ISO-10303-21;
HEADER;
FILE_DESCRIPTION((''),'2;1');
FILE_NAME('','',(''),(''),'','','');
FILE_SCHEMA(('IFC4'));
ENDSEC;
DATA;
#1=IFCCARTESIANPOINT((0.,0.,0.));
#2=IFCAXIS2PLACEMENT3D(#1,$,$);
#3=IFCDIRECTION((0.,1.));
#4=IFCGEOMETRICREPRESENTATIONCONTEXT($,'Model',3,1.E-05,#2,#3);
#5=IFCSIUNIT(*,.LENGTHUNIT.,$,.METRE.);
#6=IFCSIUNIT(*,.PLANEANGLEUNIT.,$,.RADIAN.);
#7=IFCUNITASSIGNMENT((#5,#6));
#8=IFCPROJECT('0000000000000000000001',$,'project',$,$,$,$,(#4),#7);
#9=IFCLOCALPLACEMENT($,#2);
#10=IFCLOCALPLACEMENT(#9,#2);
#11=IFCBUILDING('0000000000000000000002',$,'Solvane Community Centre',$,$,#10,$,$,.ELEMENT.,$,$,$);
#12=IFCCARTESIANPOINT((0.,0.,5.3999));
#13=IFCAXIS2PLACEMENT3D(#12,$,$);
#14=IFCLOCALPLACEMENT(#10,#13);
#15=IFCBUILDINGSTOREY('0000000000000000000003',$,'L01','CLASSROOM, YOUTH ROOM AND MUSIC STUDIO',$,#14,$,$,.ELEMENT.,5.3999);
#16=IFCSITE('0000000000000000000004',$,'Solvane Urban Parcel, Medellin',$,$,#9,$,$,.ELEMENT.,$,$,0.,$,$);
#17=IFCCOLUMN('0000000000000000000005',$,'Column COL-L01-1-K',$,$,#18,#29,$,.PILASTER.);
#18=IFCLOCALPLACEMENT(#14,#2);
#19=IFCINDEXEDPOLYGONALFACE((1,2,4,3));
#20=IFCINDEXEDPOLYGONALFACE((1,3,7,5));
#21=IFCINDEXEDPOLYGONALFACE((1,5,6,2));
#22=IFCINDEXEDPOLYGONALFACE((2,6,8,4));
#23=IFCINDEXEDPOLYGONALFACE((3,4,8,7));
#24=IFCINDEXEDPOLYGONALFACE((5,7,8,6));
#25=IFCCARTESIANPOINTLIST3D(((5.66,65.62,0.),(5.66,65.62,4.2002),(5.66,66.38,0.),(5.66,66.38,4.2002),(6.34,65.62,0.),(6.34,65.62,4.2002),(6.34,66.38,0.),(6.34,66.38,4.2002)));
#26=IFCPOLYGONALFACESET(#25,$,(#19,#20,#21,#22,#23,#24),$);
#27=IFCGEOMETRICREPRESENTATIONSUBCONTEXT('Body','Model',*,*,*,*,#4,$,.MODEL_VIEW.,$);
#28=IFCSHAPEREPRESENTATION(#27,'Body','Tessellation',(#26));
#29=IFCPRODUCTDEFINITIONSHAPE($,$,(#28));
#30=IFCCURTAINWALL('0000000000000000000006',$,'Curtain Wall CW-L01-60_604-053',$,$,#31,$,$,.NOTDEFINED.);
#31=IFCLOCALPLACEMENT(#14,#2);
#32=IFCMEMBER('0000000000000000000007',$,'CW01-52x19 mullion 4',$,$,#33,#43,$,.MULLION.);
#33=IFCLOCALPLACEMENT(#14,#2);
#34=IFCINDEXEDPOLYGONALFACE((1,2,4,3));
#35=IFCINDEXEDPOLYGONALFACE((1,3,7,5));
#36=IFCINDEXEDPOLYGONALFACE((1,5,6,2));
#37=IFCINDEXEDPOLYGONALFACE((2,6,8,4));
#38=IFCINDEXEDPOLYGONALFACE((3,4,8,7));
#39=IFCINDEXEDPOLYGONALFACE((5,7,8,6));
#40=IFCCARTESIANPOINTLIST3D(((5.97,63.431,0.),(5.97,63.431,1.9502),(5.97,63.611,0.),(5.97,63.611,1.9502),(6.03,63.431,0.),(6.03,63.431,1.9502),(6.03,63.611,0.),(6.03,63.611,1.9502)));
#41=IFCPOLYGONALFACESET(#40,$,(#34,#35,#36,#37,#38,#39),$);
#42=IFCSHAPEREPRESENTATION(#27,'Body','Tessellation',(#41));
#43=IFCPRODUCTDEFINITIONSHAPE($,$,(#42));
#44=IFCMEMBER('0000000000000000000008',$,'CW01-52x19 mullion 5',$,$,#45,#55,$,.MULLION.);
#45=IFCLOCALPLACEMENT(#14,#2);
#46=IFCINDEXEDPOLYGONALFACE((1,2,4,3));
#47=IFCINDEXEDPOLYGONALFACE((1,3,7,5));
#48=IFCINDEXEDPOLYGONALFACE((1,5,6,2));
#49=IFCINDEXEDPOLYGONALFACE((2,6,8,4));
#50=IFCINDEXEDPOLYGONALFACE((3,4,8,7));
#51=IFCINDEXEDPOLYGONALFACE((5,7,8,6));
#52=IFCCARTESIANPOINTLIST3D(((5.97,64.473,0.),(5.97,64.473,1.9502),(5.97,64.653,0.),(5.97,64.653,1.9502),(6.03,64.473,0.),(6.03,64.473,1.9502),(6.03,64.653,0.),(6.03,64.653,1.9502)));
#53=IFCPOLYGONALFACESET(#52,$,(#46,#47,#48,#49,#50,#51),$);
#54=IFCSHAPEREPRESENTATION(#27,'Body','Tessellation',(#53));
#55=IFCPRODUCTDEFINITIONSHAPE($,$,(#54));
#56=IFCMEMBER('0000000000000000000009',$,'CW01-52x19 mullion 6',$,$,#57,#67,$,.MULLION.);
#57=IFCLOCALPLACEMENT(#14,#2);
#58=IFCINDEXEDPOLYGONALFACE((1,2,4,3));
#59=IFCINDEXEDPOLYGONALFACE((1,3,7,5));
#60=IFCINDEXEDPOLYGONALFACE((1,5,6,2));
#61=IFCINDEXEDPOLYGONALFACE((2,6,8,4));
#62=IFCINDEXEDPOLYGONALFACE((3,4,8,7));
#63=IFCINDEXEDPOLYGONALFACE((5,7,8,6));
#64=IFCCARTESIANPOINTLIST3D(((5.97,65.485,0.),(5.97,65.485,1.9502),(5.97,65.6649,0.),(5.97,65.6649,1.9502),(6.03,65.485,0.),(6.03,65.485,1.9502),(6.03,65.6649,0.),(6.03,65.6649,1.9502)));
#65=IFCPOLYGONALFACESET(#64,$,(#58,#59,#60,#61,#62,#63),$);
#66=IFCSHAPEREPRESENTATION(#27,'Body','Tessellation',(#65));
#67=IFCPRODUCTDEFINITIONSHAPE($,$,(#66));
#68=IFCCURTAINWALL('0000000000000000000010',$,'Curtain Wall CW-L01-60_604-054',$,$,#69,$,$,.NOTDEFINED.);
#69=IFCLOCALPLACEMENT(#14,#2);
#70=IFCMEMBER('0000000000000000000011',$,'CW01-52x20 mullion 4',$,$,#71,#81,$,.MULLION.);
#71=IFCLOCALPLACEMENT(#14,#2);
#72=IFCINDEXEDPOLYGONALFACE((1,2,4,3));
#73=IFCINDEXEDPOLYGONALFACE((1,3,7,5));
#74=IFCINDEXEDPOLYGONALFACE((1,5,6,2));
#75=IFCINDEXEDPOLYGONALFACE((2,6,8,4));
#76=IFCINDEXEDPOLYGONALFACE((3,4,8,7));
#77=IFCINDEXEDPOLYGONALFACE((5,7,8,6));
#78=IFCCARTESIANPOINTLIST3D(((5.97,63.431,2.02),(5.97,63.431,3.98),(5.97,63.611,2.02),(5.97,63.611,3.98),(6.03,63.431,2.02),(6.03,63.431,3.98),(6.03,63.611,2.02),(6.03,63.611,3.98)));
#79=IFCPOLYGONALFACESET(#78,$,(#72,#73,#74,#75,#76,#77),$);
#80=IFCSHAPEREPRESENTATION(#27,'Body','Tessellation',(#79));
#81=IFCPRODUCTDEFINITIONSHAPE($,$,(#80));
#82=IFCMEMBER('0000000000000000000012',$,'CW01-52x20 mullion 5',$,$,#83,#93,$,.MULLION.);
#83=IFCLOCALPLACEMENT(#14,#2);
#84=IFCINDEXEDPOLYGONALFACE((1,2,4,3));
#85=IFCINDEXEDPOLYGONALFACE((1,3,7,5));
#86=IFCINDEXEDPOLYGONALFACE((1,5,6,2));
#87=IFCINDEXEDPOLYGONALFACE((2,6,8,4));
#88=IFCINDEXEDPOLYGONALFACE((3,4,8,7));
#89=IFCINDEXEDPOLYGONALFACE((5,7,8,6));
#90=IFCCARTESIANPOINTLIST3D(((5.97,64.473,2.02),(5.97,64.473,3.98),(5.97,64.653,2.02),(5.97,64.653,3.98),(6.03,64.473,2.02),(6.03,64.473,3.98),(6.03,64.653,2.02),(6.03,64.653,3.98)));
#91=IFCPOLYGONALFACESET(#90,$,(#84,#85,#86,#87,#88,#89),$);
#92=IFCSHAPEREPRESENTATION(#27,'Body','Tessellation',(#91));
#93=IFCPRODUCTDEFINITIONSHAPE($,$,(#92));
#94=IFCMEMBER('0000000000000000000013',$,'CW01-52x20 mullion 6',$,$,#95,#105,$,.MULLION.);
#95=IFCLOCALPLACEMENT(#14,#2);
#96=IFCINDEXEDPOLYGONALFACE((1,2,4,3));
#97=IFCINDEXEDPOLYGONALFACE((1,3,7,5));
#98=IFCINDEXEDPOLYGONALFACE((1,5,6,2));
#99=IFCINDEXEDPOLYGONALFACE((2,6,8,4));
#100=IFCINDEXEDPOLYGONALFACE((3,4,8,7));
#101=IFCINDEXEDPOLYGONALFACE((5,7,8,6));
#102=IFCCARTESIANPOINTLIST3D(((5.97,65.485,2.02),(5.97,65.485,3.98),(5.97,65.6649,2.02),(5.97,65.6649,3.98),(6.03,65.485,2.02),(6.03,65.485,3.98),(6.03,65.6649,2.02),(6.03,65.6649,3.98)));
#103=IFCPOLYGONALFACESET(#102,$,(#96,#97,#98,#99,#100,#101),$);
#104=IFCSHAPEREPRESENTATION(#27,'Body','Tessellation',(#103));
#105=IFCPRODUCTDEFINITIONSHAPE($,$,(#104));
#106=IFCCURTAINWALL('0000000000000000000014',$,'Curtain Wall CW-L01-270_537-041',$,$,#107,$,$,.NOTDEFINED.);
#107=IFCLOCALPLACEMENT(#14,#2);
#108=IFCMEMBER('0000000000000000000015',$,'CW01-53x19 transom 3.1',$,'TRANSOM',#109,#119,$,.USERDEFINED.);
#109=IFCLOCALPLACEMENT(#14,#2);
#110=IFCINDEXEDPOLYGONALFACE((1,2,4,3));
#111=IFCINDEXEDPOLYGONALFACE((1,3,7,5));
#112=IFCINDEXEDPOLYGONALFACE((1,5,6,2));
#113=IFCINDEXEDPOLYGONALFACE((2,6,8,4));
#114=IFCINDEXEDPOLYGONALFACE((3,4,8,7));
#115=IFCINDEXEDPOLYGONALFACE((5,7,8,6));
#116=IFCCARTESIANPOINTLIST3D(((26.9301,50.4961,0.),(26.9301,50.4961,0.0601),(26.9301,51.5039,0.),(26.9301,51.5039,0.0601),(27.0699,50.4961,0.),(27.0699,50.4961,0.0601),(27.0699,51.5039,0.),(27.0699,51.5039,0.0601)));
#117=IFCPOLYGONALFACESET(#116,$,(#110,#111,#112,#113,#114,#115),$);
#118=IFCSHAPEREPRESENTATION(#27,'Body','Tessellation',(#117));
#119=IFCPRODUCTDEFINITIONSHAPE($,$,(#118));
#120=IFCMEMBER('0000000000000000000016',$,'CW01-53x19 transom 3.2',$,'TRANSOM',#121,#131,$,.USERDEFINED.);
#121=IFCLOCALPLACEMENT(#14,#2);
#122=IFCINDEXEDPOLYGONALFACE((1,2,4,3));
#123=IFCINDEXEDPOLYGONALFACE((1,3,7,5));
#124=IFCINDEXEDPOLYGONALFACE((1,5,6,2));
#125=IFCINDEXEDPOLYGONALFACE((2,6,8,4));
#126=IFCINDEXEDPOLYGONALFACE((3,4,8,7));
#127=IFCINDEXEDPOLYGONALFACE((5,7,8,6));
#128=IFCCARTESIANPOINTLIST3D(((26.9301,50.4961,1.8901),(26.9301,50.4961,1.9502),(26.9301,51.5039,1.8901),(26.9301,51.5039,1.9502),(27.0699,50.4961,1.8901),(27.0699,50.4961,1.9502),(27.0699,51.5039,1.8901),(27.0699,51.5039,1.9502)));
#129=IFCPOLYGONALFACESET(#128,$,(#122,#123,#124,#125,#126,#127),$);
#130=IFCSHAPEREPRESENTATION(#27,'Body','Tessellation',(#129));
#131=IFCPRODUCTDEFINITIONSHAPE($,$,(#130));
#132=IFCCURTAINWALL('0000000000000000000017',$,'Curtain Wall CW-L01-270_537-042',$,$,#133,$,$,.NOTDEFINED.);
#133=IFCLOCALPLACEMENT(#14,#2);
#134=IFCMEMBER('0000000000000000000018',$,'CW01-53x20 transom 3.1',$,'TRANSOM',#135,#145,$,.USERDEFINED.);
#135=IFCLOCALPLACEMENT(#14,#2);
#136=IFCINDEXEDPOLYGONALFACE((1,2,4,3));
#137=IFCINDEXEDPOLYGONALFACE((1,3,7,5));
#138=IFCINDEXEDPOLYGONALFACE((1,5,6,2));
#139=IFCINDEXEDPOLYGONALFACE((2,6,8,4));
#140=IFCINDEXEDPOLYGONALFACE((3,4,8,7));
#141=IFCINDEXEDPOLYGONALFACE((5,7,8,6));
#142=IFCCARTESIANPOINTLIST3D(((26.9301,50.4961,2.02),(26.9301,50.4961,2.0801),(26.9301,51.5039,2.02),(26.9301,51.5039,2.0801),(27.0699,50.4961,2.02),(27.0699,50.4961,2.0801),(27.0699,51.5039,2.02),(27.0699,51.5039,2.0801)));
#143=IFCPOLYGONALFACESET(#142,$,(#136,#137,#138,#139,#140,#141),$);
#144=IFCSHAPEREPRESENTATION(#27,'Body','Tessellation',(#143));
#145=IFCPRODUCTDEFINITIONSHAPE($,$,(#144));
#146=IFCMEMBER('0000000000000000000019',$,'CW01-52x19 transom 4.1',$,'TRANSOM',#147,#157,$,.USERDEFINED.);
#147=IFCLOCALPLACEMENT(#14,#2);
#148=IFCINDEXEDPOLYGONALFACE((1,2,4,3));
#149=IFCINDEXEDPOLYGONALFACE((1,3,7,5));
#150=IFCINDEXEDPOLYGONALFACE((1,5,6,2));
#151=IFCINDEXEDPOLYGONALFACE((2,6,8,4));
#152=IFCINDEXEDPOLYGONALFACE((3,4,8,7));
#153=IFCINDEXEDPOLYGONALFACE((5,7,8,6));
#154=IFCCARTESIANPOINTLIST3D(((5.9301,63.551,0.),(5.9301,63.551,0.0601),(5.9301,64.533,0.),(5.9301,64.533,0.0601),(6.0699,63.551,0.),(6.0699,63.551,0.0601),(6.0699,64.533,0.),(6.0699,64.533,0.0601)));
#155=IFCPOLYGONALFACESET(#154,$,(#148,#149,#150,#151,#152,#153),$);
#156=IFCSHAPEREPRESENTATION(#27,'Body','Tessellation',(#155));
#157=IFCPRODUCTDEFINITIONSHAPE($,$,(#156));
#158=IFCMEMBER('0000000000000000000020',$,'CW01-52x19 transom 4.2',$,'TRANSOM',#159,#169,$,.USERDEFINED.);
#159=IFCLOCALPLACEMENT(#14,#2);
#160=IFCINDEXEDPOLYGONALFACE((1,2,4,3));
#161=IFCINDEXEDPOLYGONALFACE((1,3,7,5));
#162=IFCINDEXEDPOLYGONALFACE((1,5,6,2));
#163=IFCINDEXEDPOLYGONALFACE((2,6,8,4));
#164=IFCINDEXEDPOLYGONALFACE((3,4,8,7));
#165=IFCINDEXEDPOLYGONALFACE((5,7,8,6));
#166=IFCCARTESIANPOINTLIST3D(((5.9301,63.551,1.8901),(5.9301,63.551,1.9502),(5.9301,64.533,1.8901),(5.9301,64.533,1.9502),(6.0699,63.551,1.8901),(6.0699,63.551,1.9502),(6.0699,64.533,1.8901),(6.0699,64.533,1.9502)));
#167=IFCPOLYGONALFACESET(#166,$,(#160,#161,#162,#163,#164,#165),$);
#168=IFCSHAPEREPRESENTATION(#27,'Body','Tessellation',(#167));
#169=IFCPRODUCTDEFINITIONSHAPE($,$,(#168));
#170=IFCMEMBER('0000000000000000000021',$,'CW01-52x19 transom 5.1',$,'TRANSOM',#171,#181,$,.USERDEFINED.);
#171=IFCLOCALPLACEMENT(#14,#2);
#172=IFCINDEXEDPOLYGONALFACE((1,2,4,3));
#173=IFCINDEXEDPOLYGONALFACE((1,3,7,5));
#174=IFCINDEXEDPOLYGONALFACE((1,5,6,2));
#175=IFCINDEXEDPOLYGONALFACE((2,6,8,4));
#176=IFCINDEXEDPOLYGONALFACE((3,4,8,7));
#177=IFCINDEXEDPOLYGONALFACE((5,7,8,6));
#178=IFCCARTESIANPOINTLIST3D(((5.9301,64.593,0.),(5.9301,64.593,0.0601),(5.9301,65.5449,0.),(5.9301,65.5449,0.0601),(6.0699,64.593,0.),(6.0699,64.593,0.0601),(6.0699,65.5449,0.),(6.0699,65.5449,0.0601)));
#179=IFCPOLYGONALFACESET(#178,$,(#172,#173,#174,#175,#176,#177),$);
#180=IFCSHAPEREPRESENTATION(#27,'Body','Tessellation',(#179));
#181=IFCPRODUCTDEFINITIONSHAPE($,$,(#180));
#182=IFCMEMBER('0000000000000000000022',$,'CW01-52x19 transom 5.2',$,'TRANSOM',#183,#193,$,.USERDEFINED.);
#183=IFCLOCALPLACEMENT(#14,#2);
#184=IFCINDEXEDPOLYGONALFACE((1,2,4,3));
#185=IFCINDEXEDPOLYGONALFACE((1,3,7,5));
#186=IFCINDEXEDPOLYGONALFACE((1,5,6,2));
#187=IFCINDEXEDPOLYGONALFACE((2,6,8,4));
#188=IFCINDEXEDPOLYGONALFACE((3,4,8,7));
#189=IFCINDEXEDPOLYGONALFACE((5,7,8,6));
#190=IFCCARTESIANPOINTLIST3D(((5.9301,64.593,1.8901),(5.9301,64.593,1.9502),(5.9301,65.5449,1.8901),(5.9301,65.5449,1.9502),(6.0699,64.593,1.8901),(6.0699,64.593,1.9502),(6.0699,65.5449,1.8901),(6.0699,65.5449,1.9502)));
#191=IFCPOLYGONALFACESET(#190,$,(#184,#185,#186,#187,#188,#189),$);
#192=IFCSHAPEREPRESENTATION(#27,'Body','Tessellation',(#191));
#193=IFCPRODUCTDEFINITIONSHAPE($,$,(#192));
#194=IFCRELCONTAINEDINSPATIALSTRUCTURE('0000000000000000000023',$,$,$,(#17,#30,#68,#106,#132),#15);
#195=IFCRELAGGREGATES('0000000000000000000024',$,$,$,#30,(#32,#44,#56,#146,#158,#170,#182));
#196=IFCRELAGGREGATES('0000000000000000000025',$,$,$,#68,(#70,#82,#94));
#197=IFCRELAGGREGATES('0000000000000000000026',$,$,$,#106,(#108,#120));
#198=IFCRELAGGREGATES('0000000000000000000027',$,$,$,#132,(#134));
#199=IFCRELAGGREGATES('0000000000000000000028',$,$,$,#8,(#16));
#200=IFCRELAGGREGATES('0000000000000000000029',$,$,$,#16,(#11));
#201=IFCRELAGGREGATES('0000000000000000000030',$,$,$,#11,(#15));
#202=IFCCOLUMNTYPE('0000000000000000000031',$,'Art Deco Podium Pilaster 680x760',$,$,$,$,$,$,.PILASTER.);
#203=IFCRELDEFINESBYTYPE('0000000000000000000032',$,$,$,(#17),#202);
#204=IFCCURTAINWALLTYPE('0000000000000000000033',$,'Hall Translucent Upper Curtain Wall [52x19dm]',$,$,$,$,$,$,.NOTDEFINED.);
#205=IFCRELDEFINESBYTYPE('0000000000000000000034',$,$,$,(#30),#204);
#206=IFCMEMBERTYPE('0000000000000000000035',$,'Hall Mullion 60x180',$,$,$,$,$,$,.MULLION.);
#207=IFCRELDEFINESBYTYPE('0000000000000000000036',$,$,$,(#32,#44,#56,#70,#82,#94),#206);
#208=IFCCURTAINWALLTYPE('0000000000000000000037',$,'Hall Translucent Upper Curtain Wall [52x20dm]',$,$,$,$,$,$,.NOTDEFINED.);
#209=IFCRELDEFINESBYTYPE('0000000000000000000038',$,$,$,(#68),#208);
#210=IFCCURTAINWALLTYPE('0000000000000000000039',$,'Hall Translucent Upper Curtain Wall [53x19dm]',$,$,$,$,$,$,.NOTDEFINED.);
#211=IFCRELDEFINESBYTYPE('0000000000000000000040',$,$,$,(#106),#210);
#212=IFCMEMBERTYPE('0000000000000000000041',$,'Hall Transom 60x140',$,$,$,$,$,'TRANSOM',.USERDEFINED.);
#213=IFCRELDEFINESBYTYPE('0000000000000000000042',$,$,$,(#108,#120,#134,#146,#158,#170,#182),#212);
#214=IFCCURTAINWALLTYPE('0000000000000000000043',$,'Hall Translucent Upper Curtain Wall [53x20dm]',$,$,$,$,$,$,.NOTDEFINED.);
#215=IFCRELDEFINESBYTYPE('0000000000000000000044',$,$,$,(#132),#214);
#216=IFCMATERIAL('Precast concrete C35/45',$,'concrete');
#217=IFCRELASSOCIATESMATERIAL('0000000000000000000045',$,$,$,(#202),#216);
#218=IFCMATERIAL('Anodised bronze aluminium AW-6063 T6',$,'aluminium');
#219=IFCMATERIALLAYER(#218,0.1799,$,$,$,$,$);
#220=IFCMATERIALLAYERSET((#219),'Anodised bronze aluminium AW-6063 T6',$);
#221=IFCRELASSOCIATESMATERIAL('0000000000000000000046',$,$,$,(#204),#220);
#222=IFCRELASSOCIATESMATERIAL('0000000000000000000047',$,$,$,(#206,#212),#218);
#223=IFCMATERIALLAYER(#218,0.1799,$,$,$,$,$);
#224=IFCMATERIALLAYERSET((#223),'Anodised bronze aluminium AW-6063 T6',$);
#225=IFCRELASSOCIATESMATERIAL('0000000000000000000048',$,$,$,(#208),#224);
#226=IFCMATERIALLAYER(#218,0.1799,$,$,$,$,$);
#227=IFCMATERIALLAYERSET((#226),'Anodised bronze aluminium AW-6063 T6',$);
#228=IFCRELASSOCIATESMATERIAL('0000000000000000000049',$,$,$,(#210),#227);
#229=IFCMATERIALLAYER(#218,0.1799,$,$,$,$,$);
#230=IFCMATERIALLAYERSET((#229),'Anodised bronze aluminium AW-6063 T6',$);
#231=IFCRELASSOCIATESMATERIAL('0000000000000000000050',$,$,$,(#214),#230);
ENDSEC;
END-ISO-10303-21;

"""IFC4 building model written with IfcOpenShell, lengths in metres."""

from ifc_helpers import new_model, si_unit, direction, frame, origin, origin_2d, place, context, subcontext, project, spatial, rectangle, extrude, material, layer, layer_set, material_profile, profile_set, type_object, element, aggregate, save


model = new_model("IFC4")

# Units and contexts
model_context = context("Model", 3, precision=1e-05, world=origin(), true_north=direction((0.0, 1.0)))
body_context = subcontext(model_context, "Body", "Model", "MODEL_VIEW")
ifc_project = project(units=[si_unit("LENGTHUNIT", "METRE"), si_unit("PLANEANGLEUNIT", "RADIAN")], contexts=[model_context])

# Site, building, storey
site_placement = place(None, origin())
site = spatial("IfcSite", under=ifc_project, at=site_placement, Name="Solvane Urban Parcel, Medellin", CompositionType="ELEMENT", RefElevation=0.0)
building_placement = place(site_placement, origin())
building = spatial("IfcBuilding", under=site, at=building_placement, Name="Solvane Community Centre", CompositionType="ELEMENT")
storey_placement = place(building_placement, frame((0.0, 0.0, 5.3999)))
storey = spatial("IfcBuildingStorey", under=building, at=storey_placement, Name="L01", Description="CLASSROOM, YOUTH ROOM AND MUSIC STUDIO", CompositionType="ELEMENT", Elevation=5.3999)

# Column
ifc_material_1 = material(Name="Precast concrete C35/45", Category="concrete")
ifc_material_profile_1 = material_profile(ifc_material_1, rectangle(XDim=0.6799, YDim=0.76, at=origin_2d()), Name="RC 680x760")
ifc_profile_set_1 = profile_set([ifc_material_profile_1], Name="Precast concrete C35/45")
column_type = type_object("IfcColumnType", Name="Art Deco Podium Pilaster 680x760", PredefinedType="PILASTER", material=ifc_profile_set_1)
column_placement = place(storey_placement, frame((6.0, 66.0, 0.0), z_axis=(0.0, 0.0, 1.0), x_axis=(1.0, 0.0, 0.0)))
element("IfcColumn", 1, at=column_placement, inside=storey, type_object=column_type, Name="Column COL-L01-1-K", PredefinedType="PILASTER", context=body_context, shape_type="SweptSolid", body=[
    extrude(rectangle(XDim=0.6799, YDim=0.76, at=origin_2d()), origin(), (0.0, 0.0, 1.0), 4.2002),
])

# Curtain walls, members
ifc_material_2 = material(Name="Anodised bronze aluminium AW-6063 T6", Category="aluminium")
ifc_layer_1 = layer(ifc_material_2, 0.1799)
ifc_layer_set_1 = layer_set([ifc_layer_1], Name="Anodised bronze aluminium AW-6063 T6")
curtain_wall_type_1 = type_object("IfcCurtainWallType", Name="Hall Translucent Upper Curtain Wall [52x19dm]", PredefinedType="NOTDEFINED", material=ifc_layer_set_1)
curtain_wall_1_placement = place(storey_placement, origin())
curtain_wall_1 = element("IfcCurtainWall", 2, at=curtain_wall_1_placement, inside=storey, type_object=curtain_wall_type_1, Name="Curtain Wall CW-L01-60_604-053", PredefinedType="NOTDEFINED")
ifc_material_profile_2 = material_profile(ifc_material_2, rectangle(XDim=0.0601, YDim=0.1799, at=origin_2d()), Name="CW-M 60x180")
ifc_profile_set_2 = profile_set([ifc_material_profile_2], Name="Anodised bronze aluminium AW-6063 T6")
member_type_1 = type_object("IfcMemberType", Name="Hall Mullion 60x180", PredefinedType="MULLION", material=ifc_profile_set_2)
member_1_placement = place(storey_placement, frame((6.0, 63.521, 0.0), z_axis=(0.0, 0.0, 1.0), x_axis=(-1.0, 0.0, 0.0)))
member_1 = element("IfcMember", 3, at=member_1_placement, type_object=member_type_1, Name="CW01-52x19 mullion 4", PredefinedType="MULLION", context=body_context, shape_type="SweptSolid", body=[
    extrude(rectangle(XDim=0.0601, YDim=0.1799, at=origin_2d()), origin(), (0.0, 0.0, 1.0), 1.9502),
])
member_2_placement = place(storey_placement, frame((6.0, 64.563, 0.0), z_axis=(0.0, 0.0, 1.0), x_axis=(-1.0, 0.0, 0.0)))
member_2 = element("IfcMember", 4, at=member_2_placement, type_object=member_type_1, Name="CW01-52x19 mullion 5", PredefinedType="MULLION", context=body_context, shape_type="SweptSolid", body=[
    extrude(rectangle(XDim=0.0601, YDim=0.1799, at=origin_2d()), origin(), (0.0, 0.0, 1.0), 1.9502),
])
member_3_placement = place(storey_placement, frame((6.0, 65.575, 0.0), z_axis=(0.0, 0.0, 1.0), x_axis=(-1.0, 0.0, 0.0)))
member_3 = element("IfcMember", 5, at=member_3_placement, type_object=member_type_1, Name="CW01-52x19 mullion 6", PredefinedType="MULLION", context=body_context, shape_type="SweptSolid", body=[
    extrude(rectangle(XDim=0.0601, YDim=0.1799, at=origin_2d()), origin(), (0.0, 0.0, 1.0), 1.9502),
])
ifc_layer_2 = layer(ifc_material_2, 0.1799)
ifc_layer_set_2 = layer_set([ifc_layer_2], Name="Anodised bronze aluminium AW-6063 T6")
curtain_wall_type_2 = type_object("IfcCurtainWallType", Name="Hall Translucent Upper Curtain Wall [52x20dm]", PredefinedType="NOTDEFINED", material=ifc_layer_set_2)
curtain_wall_2_placement = place(storey_placement, origin())
curtain_wall_2 = element("IfcCurtainWall", 6, at=curtain_wall_2_placement, inside=storey, type_object=curtain_wall_type_2, Name="Curtain Wall CW-L01-60_604-054", PredefinedType="NOTDEFINED")
member_4_placement = place(storey_placement, frame((6.0, 63.521, 2.02), z_axis=(0.0, 0.0, 1.0), x_axis=(-1.0, 0.0, 0.0)))
member_4 = element("IfcMember", 7, at=member_4_placement, type_object=member_type_1, Name="CW01-52x20 mullion 4", PredefinedType="MULLION", context=body_context, shape_type="SweptSolid", body=[
    extrude(rectangle(XDim=0.0601, YDim=0.1799, at=origin_2d()), origin(), (0.0, 0.0, 1.0), 1.96),
])
member_5_placement = place(storey_placement, frame((6.0, 64.563, 2.02), z_axis=(0.0, 0.0, 1.0), x_axis=(-1.0, 0.0, 0.0)))
member_5 = element("IfcMember", 8, at=member_5_placement, type_object=member_type_1, Name="CW01-52x20 mullion 5", PredefinedType="MULLION", context=body_context, shape_type="SweptSolid", body=[
    extrude(rectangle(XDim=0.0601, YDim=0.1799, at=origin_2d()), origin(), (0.0, 0.0, 1.0), 1.96),
])
member_6_placement = place(storey_placement, frame((6.0, 65.575, 2.02), z_axis=(0.0, 0.0, 1.0), x_axis=(-1.0, 0.0, 0.0)))
member_6 = element("IfcMember", 9, at=member_6_placement, type_object=member_type_1, Name="CW01-52x20 mullion 6", PredefinedType="MULLION", context=body_context, shape_type="SweptSolid", body=[
    extrude(rectangle(XDim=0.0601, YDim=0.1799, at=origin_2d()), origin(), (0.0, 0.0, 1.0), 1.96),
])
ifc_layer_3 = layer(ifc_material_2, 0.1799)
ifc_layer_set_3 = layer_set([ifc_layer_3], Name="Anodised bronze aluminium AW-6063 T6")
curtain_wall_type_3 = type_object("IfcCurtainWallType", Name="Hall Translucent Upper Curtain Wall [53x19dm]", PredefinedType="NOTDEFINED", material=ifc_layer_set_3)
curtain_wall_3_placement = place(storey_placement, origin())
curtain_wall_3 = element("IfcCurtainWall", 10, at=curtain_wall_3_placement, inside=storey, type_object=curtain_wall_type_3, Name="Curtain Wall CW-L01-270_537-041", PredefinedType="NOTDEFINED")
ifc_material_profile_3 = material_profile(ifc_material_2, rectangle(XDim=0.1399, YDim=0.0601, at=origin_2d()), Name="CW-T 60x140")
ifc_profile_set_3 = profile_set([ifc_material_profile_3], Name="Anodised bronze aluminium AW-6063 T6")
member_type_2 = type_object("IfcMemberType", Name="Hall Transom 60x140", ElementType="TRANSOM", PredefinedType="USERDEFINED", material=ifc_profile_set_3)
member_7_placement = place(storey_placement, frame((27.0, 51.5039, 0.03), z_axis=(0.0, -1.0, 0.0), x_axis=(1.0, 0.0, 0.0)))
member_7 = element("IfcMember", 11, at=member_7_placement, type_object=member_type_2, Name="CW01-53x19 transom 3.1", ObjectType="TRANSOM", PredefinedType="USERDEFINED", context=body_context, shape_type="SweptSolid", body=[
    extrude(rectangle(XDim=0.1399, YDim=0.0601, at=origin_2d()), origin(), (0.0, 0.0, 1.0), 1.0078),
])
member_8_placement = place(storey_placement, frame((27.0, 51.5039, 1.9202), z_axis=(0.0, -1.0, 0.0), x_axis=(1.0, 0.0, 0.0)))
member_8 = element("IfcMember", 12, at=member_8_placement, type_object=member_type_2, Name="CW01-53x19 transom 3.2", ObjectType="TRANSOM", PredefinedType="USERDEFINED", context=body_context, shape_type="SweptSolid", body=[
    extrude(rectangle(XDim=0.1399, YDim=0.0601, at=origin_2d()), origin(), (0.0, 0.0, 1.0), 1.0078),
])

# Curtain wall, member
ifc_layer_4 = layer(ifc_material_2, 0.1799)
ifc_layer_set_4 = layer_set([ifc_layer_4], Name="Anodised bronze aluminium AW-6063 T6")
curtain_wall_type_4 = type_object("IfcCurtainWallType", Name="Hall Translucent Upper Curtain Wall [53x20dm]", PredefinedType="NOTDEFINED", material=ifc_layer_set_4)
curtain_wall_4_placement = place(storey_placement, origin())
curtain_wall_4 = element("IfcCurtainWall", 13, at=curtain_wall_4_placement, inside=storey, type_object=curtain_wall_type_4, Name="Curtain Wall CW-L01-270_537-042", PredefinedType="NOTDEFINED")
member_9_placement = place(storey_placement, frame((27.0, 51.5039, 2.05), z_axis=(0.0, -1.0, 0.0), x_axis=(1.0, 0.0, 0.0)))
member_9 = element("IfcMember", 14, at=member_9_placement, type_object=member_type_2, Name="CW01-53x20 transom 3.1", ObjectType="TRANSOM", PredefinedType="USERDEFINED", context=body_context, shape_type="SweptSolid", body=[
    extrude(rectangle(XDim=0.1399, YDim=0.0601, at=origin_2d()), origin(), (0.0, 0.0, 1.0), 1.0078),
])

# Members
member_10_placement = place(storey_placement, frame((6.0, 63.551, 0.03), z_axis=(0.0, 1.0, 0.0), x_axis=(-1.0, 0.0, 0.0)))
member_10 = element("IfcMember", 15, at=member_10_placement, type_object=member_type_2, Name="CW01-52x19 transom 4.1", ObjectType="TRANSOM", PredefinedType="USERDEFINED", context=body_context, shape_type="SweptSolid", body=[
    extrude(rectangle(XDim=0.1399, YDim=0.0601, at=origin_2d()), origin(), (0.0, 0.0, 1.0), 0.9819),
])
member_11_placement = place(storey_placement, frame((6.0, 63.551, 1.9202), z_axis=(0.0, 1.0, 0.0), x_axis=(-1.0, 0.0, 0.0)))
member_11 = element("IfcMember", 16, at=member_11_placement, type_object=member_type_2, Name="CW01-52x19 transom 4.2", ObjectType="TRANSOM", PredefinedType="USERDEFINED", context=body_context, shape_type="SweptSolid", body=[
    extrude(rectangle(XDim=0.1399, YDim=0.0601, at=origin_2d()), origin(), (0.0, 0.0, 1.0), 0.9819),
])
member_12_placement = place(storey_placement, frame((6.0, 64.593, 0.03), z_axis=(0.0, 1.0, 0.0), x_axis=(-1.0, 0.0, 0.0)))
member_12 = element("IfcMember", 17, at=member_12_placement, type_object=member_type_2, Name="CW01-52x19 transom 5.1", ObjectType="TRANSOM", PredefinedType="USERDEFINED", context=body_context, shape_type="SweptSolid", body=[
    extrude(rectangle(XDim=0.1399, YDim=0.0601, at=origin_2d()), origin(), (0.0, 0.0, 1.0), 0.9519),
])
member_13_placement = place(storey_placement, frame((6.0, 64.593, 1.9202), z_axis=(0.0, 1.0, 0.0), x_axis=(-1.0, 0.0, 0.0)))
member_13 = element("IfcMember", 18, at=member_13_placement, type_object=member_type_2, Name="CW01-52x19 transom 5.2", ObjectType="TRANSOM", PredefinedType="USERDEFINED", context=body_context, shape_type="SweptSolid", body=[
    extrude(rectangle(XDim=0.1399, YDim=0.0601, at=origin_2d()), origin(), (0.0, 0.0, 1.0), 0.9519),
])

aggregate(curtain_wall_1, [member_1, member_2, member_3, member_10, member_11, member_12, member_13])
aggregate(curtain_wall_2, [member_4, member_5, member_6])
aggregate(curtain_wall_3, [member_7, member_8])
aggregate(curtain_wall_4, [member_9])

save(model, "model.ifc")
